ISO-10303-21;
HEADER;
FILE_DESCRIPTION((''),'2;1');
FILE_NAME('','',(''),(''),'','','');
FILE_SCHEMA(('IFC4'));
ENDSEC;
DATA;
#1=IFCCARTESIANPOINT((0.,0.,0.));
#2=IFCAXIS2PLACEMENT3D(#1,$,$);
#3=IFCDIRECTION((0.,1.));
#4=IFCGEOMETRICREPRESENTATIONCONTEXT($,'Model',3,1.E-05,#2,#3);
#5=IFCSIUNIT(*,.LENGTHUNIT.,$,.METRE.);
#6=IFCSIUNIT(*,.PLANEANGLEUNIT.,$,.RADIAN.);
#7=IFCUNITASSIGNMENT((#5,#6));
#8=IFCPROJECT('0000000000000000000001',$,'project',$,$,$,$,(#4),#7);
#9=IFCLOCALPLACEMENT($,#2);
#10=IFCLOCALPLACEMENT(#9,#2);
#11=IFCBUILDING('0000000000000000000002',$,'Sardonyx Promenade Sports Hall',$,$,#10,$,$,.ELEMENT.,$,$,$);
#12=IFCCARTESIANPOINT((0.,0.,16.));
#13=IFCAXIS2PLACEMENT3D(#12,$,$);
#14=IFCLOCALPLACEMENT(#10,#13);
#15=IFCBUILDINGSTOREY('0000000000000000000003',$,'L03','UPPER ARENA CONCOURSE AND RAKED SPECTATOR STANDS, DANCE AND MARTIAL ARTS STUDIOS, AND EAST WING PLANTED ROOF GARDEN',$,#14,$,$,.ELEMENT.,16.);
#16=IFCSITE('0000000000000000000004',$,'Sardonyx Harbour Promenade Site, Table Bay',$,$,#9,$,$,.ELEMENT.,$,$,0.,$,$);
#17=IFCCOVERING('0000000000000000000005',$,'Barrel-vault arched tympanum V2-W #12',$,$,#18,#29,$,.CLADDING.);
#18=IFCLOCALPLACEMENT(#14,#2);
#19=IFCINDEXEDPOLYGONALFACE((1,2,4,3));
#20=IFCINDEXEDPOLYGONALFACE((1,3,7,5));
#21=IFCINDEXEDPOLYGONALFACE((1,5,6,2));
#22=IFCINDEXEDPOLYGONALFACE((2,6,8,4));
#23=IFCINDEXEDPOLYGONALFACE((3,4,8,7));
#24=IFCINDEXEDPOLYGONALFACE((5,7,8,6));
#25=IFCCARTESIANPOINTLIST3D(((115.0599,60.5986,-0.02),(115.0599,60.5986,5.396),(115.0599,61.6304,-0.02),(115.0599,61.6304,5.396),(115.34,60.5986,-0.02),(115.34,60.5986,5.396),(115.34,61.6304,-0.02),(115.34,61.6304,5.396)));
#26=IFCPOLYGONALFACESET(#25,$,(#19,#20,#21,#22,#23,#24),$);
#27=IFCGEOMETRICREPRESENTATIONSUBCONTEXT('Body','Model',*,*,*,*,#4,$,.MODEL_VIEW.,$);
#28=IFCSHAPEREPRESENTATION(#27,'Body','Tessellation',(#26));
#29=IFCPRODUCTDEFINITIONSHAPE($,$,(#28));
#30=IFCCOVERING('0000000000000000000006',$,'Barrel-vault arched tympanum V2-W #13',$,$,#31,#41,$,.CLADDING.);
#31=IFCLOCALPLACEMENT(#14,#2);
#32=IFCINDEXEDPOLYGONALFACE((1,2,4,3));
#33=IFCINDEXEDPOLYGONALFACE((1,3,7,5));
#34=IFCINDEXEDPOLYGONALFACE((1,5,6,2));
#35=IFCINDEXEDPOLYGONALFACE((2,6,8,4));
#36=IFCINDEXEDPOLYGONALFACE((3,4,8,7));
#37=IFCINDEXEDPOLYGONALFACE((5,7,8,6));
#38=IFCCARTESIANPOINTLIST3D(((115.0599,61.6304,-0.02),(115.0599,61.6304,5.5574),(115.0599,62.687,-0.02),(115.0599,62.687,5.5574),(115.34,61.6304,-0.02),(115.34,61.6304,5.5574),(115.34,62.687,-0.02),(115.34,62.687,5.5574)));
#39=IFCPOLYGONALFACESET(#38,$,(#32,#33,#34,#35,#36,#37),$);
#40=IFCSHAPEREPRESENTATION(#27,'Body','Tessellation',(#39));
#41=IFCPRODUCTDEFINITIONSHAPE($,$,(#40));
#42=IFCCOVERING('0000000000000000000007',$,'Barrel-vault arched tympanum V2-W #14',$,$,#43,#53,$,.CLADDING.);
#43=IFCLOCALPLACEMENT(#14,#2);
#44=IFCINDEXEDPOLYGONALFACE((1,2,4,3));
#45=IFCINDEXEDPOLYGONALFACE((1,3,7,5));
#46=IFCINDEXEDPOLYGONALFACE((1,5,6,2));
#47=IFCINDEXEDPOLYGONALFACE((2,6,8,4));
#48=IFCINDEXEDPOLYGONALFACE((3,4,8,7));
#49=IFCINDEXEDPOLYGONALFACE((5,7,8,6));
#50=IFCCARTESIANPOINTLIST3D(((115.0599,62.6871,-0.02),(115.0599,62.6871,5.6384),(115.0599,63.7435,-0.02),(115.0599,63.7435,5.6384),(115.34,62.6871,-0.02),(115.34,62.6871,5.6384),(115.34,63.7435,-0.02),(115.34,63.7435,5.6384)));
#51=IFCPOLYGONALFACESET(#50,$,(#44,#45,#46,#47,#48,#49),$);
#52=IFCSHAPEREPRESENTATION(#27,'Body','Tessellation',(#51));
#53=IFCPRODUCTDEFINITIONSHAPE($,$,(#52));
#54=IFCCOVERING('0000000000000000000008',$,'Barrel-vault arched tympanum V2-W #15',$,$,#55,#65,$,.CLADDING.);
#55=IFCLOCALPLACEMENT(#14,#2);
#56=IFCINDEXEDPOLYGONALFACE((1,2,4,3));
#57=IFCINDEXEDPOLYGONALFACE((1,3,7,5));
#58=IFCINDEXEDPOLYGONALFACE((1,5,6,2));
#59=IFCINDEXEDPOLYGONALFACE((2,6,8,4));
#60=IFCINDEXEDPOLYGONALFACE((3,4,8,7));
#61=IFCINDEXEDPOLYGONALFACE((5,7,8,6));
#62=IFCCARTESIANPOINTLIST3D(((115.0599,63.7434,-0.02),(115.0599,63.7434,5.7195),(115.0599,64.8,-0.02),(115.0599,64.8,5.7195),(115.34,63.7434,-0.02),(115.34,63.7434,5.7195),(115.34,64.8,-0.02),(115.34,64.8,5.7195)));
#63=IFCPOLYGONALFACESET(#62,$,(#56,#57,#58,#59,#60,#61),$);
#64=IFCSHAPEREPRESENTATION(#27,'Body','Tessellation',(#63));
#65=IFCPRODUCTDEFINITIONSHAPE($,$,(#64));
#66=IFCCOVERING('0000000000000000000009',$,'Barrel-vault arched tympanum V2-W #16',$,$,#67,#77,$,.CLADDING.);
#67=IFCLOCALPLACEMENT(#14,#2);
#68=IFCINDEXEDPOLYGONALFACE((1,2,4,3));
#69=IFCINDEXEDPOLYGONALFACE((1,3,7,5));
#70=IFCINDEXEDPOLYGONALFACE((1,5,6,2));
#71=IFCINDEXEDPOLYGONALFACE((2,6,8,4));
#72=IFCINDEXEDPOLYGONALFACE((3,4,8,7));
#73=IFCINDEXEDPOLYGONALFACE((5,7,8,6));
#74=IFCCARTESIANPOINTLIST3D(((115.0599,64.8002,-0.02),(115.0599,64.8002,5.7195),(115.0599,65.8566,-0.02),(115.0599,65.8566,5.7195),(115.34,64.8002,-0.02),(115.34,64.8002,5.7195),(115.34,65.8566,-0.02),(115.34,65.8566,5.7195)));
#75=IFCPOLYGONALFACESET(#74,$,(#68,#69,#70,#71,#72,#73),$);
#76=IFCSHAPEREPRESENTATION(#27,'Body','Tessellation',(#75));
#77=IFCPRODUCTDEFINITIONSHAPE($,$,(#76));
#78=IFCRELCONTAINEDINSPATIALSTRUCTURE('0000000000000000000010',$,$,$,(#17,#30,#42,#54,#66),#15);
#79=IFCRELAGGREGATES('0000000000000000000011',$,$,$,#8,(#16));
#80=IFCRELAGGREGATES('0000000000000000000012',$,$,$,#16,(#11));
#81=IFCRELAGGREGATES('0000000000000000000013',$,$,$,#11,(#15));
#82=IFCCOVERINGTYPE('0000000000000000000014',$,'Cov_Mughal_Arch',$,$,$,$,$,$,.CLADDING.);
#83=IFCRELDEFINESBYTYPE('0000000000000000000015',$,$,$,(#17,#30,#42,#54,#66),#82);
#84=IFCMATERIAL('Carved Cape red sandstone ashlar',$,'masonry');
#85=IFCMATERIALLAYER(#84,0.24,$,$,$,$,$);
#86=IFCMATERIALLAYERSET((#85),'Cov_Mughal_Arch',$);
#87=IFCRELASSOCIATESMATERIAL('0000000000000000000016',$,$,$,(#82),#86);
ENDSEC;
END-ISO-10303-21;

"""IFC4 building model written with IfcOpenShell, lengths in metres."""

from ifc_helpers import new_model, si_unit, direction, frame, frame_2d, origin, place, context, subcontext, project, spatial, rectangle, extrude, material, layer, layer_set, type_object, element, save


model = new_model("IFC4")

# Units and contexts
model_context = context("Model", 3, precision=1e-05, world=origin(), true_north=direction((0.0, 1.0)))
body_context = subcontext(model_context, "Body", "Model", "MODEL_VIEW")
ifc_project = project(units=[si_unit("LENGTHUNIT", "METRE"), si_unit("PLANEANGLEUNIT", "RADIAN")], contexts=[model_context])

# Site, building, storey
site_placement = place(None, origin())
site = spatial("IfcSite", under=ifc_project, at=site_placement, Name="Sardonyx Harbour Promenade Site, Table Bay", CompositionType="ELEMENT", RefElevation=0.0)
building_placement = place(site_placement, origin())
building = spatial("IfcBuilding", under=site, at=building_placement, Name="Sardonyx Promenade Sports Hall", CompositionType="ELEMENT")
storey_placement = place(building_placement, frame((0.0, 0.0, 16.0)))
storey = spatial("IfcBuildingStorey", under=building, at=storey_placement, Name="L03", Description="UPPER ARENA CONCOURSE AND RAKED SPECTATOR STANDS, DANCE AND MARTIAL ARTS STUDIOS, AND EAST WING PLANTED ROOF GARDEN", CompositionType="ELEMENT", Elevation=16.0)

# Coverings
ifc_material_1 = material(Name="Carved Cape red sandstone ashlar", Category="masonry")
ifc_layer_1 = layer(ifc_material_1, 0.24)
ifc_layer_set_1 = layer_set([ifc_layer_1], Name="Cov_Mughal_Arch")
covering_type_1 = type_object("IfcCoveringType", Name="Cov_Mughal_Arch", PredefinedType="CLADDING", material=ifc_layer_set_1)
covering_1_placement = place(storey_placement, frame((115.2, 60.5986, -0.02), z_axis=(0.0, 0.0, 1.0), x_axis=(0.0, 1.0, 0.0)))
element("IfcCovering", 1, at=covering_1_placement, inside=storey, type_object=covering_type_1, Name="Barrel-vault arched tympanum V2-W #12", PredefinedType="CLADDING", context=body_context, shape_type="SweptSolid", body=[
    extrude(rectangle(XDim=1.0317, YDim=0.28, at=frame_2d((0.5159, 0.0))), origin(), (0.0, 0.0, 1.0), 5.416),
])
covering_2_placement = place(storey_placement, frame((115.2, 61.6304, -0.02), z_axis=(0.0, 0.0, 1.0), x_axis=(0.0, 1.0, 0.0)))
element("IfcCovering", 2, at=covering_2_placement, inside=storey, type_object=covering_type_1, Name="Barrel-vault arched tympanum V2-W #13", PredefinedType="CLADDING", context=body_context, shape_type="SweptSolid", body=[
    extrude(rectangle(XDim=1.0566, YDim=0.28, at=frame_2d((0.5283, 0.0))), origin(), (0.0, 0.0, 1.0), 5.5774),
])
covering_3_placement = place(storey_placement, frame((115.2, 62.687, -0.02), z_axis=(0.0, 0.0, 1.0), x_axis=(0.0, 1.0, 0.0)))
element("IfcCovering", 3, at=covering_3_placement, inside=storey, type_object=covering_type_1, Name="Barrel-vault arched tympanum V2-W #14", PredefinedType="CLADDING", context=body_context, shape_type="SweptSolid", body=[
    extrude(rectangle(XDim=1.0564, YDim=0.28, at=frame_2d((0.5283, 0.0))), origin(), (0.0, 0.0, 1.0), 5.6584),
])
covering_4_placement = place(storey_placement, frame((115.2, 63.7434, -0.02), z_axis=(0.0, 0.0, 1.0), x_axis=(0.0, 1.0, 0.0)))
element("IfcCovering", 4, at=covering_4_placement, inside=storey, type_object=covering_type_1, Name="Barrel-vault arched tympanum V2-W #15", PredefinedType="CLADDING", context=body_context, shape_type="SweptSolid", body=[
    extrude(rectangle(XDim=1.0566, YDim=0.28, at=frame_2d((0.5283, 0.0))), origin(), (0.0, 0.0, 1.0), 5.7395),
])
covering_5_placement = place(storey_placement, frame((115.2, 64.8, -0.02), z_axis=(0.0, 0.0, 1.0), x_axis=(0.0, 1.0, 0.0)))
element("IfcCovering", 5, at=covering_5_placement, inside=storey, type_object=covering_type_1, Name="Barrel-vault arched tympanum V2-W #16", PredefinedType="CLADDING", context=body_context, shape_type="SweptSolid", body=[
    extrude(rectangle(XDim=1.0564, YDim=0.28, at=frame_2d((0.5283, 0.0))), origin(), (0.0, 0.0, 1.0), 5.7395),
])

save(model, "model.ifc")
